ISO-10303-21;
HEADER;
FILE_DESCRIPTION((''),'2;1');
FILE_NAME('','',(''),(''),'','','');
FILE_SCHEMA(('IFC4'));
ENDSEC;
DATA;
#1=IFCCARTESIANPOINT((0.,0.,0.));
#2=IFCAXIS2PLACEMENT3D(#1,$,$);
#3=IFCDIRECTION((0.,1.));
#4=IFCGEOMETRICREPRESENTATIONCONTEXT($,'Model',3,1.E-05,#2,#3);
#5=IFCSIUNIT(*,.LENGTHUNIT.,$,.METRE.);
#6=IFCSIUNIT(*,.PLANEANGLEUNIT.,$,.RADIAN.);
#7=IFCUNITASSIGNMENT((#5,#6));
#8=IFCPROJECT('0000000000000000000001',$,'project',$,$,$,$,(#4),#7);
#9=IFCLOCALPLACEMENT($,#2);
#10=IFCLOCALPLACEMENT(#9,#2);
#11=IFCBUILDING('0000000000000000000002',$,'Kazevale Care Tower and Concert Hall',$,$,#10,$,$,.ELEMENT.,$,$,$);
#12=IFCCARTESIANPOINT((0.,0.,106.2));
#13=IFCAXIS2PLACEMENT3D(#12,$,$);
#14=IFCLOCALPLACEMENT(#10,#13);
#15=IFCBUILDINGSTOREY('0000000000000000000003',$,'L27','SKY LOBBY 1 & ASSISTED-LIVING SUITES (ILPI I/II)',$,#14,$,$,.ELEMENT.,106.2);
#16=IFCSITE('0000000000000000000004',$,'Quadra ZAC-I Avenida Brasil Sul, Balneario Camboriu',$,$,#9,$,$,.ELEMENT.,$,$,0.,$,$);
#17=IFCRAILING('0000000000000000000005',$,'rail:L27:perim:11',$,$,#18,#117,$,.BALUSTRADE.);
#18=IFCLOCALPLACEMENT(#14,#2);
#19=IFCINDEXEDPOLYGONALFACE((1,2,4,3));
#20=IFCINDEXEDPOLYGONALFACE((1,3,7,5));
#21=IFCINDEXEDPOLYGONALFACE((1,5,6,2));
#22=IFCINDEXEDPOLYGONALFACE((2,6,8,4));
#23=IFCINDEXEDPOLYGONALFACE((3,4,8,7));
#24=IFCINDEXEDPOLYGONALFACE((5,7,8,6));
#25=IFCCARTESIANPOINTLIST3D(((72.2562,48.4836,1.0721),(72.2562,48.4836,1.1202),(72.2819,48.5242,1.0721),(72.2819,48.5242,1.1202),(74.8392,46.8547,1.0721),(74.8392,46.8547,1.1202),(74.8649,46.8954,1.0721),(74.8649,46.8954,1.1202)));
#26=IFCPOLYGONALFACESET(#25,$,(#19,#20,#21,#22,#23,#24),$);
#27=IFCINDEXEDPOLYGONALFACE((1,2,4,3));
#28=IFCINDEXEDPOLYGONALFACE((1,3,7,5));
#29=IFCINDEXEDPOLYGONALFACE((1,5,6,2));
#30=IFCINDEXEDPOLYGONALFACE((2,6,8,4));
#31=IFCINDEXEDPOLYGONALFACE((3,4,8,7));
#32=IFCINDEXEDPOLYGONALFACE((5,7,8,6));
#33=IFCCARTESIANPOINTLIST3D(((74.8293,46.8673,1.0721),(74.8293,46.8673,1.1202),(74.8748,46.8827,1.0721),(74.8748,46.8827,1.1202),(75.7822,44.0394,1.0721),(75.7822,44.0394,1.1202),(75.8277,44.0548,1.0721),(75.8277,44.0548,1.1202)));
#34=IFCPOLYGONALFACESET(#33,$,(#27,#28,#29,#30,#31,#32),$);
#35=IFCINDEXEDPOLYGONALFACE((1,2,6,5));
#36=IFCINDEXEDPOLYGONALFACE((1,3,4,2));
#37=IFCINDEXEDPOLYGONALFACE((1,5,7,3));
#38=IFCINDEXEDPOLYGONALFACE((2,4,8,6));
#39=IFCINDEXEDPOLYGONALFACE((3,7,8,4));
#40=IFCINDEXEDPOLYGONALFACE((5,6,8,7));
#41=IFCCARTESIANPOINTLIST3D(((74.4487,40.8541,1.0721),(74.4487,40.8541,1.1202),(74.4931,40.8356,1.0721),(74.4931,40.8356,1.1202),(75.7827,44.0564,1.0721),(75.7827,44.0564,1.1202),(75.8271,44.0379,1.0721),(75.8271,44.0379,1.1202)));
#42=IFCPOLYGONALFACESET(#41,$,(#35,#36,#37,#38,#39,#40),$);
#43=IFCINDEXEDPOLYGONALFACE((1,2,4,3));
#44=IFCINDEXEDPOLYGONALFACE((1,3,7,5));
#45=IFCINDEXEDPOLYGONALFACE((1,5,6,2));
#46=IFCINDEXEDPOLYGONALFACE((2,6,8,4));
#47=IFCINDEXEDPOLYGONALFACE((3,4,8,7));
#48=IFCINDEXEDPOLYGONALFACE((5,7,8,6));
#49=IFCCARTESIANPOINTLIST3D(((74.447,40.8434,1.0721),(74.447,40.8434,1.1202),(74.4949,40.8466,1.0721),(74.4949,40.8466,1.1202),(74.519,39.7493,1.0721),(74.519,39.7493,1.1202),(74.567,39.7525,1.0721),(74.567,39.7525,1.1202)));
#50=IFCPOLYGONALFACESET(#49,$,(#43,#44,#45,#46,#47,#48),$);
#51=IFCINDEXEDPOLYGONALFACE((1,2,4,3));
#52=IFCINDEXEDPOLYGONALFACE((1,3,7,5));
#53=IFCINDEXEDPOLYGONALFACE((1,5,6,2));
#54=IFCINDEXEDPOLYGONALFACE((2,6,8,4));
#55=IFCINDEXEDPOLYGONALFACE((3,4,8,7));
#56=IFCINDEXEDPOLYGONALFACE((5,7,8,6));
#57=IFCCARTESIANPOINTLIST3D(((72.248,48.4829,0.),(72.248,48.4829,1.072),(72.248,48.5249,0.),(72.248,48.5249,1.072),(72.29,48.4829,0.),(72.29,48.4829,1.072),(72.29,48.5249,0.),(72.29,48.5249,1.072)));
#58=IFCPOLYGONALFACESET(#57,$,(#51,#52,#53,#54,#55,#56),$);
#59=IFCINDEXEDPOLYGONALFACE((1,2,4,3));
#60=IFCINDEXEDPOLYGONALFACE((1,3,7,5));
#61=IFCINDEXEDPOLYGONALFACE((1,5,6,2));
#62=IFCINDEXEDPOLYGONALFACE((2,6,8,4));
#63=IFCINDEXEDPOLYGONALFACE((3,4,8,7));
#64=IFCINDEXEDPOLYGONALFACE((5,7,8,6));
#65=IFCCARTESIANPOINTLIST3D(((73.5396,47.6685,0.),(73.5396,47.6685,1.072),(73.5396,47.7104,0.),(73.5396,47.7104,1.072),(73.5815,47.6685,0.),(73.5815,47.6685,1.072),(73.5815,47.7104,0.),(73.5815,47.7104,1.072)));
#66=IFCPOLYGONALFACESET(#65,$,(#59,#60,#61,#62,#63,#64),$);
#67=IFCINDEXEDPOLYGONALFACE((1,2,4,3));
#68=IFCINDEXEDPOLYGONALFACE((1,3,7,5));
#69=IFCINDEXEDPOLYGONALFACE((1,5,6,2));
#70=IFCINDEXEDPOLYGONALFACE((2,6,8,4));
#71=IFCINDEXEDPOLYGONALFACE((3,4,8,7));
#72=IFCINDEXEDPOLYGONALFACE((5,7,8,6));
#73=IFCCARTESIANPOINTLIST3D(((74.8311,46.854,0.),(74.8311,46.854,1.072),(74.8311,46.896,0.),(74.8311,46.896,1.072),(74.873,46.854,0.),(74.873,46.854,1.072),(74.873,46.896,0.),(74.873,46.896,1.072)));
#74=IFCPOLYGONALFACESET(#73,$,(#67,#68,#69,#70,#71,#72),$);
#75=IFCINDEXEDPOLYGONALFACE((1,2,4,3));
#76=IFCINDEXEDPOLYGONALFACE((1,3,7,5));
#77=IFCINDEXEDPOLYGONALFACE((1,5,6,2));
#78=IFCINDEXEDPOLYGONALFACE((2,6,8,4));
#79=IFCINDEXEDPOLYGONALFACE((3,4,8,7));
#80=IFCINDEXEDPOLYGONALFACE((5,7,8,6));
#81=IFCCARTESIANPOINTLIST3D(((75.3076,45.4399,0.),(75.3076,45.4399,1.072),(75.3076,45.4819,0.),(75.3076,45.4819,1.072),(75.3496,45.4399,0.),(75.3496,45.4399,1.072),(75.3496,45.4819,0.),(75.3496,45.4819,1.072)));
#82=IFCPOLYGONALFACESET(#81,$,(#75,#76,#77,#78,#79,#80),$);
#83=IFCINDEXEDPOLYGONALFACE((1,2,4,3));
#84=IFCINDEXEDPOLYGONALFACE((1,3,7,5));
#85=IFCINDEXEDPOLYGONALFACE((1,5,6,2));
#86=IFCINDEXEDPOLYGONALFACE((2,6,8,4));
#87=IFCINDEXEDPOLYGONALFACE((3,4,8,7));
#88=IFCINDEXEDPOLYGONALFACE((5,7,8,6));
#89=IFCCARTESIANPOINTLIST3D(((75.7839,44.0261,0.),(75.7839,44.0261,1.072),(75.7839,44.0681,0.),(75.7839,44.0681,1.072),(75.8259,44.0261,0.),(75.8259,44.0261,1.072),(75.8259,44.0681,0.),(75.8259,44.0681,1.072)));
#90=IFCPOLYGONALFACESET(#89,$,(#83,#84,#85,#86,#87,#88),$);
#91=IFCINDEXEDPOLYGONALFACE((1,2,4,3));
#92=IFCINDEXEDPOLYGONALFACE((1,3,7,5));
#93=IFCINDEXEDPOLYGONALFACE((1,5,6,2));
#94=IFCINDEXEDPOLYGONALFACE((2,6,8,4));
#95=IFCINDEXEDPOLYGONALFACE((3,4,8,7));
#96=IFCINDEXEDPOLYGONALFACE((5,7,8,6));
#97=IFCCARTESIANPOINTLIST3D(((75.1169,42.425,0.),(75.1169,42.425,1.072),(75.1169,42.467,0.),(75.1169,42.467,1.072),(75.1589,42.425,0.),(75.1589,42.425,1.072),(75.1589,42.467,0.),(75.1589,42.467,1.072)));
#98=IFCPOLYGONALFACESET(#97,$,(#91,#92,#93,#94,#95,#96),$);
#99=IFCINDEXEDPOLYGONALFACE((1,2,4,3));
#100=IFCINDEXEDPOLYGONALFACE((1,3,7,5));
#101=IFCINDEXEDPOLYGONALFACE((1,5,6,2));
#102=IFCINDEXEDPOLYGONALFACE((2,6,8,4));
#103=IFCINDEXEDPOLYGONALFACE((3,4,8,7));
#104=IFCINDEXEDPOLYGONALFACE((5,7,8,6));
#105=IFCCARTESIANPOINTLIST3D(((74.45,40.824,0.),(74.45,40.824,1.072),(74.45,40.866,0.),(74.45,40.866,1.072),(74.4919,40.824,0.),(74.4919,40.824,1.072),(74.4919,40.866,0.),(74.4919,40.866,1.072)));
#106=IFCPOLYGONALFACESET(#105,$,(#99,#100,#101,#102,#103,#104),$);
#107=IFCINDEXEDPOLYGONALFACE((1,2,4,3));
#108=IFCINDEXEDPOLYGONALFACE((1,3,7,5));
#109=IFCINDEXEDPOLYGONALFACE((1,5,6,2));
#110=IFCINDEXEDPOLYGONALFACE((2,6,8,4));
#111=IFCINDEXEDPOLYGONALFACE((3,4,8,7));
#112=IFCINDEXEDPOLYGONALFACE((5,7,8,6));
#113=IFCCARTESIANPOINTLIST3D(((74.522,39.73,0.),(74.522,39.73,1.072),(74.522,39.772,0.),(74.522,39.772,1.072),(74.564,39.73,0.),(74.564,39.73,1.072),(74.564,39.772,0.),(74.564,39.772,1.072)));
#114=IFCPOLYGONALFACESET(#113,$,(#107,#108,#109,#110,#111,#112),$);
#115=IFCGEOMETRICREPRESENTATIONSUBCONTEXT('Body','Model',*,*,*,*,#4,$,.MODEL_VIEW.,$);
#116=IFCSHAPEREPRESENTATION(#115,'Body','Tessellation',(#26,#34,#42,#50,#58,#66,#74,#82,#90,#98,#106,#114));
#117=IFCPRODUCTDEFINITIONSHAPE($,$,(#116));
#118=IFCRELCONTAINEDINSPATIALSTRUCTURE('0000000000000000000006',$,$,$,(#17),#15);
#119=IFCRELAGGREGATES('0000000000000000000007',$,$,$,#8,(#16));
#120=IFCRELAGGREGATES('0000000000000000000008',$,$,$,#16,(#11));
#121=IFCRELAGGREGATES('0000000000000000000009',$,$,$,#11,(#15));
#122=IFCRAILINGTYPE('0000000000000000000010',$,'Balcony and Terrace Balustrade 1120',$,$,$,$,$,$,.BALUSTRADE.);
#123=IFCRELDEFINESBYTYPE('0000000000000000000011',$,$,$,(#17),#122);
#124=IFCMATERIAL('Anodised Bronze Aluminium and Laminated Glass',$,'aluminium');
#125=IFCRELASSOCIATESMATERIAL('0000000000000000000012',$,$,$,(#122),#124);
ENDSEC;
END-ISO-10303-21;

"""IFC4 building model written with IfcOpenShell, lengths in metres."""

from ifc_helpers import new_model, si_unit, direction, frame, origin, origin_2d, place, context, subcontext, project, spatial, rectangle, extrude, material, type_object, element, save


model = new_model("IFC4")

# Units and contexts
model_context = context("Model", 3, precision=1e-05, world=origin(), true_north=direction((0.0, 1.0)))
body_context = subcontext(model_context, "Body", "Model", "MODEL_VIEW")
ifc_project = project(units=[si_unit("LENGTHUNIT", "METRE"), si_unit("PLANEANGLEUNIT", "RADIAN")], contexts=[model_context])

# Site, building, storey
site_placement = place(None, origin())
site = spatial("IfcSite", under=ifc_project, at=site_placement, Name="Quadra ZAC-I Avenida Brasil Sul, Balneario Camboriu", CompositionType="ELEMENT", RefElevation=0.0)
building_placement = place(site_placement, origin())
building = spatial("IfcBuilding", under=site, at=building_placement, Name="Kazevale Care Tower and Concert Hall", CompositionType="ELEMENT")
storey_placement = place(building_placement, frame((0.0, 0.0, 106.2)))
storey = spatial("IfcBuildingStorey", under=building, at=storey_placement, Name="L27", Description="SKY LOBBY 1 & ASSISTED-LIVING SUITES (ILPI I/II)", CompositionType="ELEMENT", Elevation=106.2)

# Railing
ifc_material_1 = material(Name="Anodised Bronze Aluminium and Laminated Glass", Category="aluminium")
railing_type = type_object("IfcRailingType", Name="Balcony and Terrace Balustrade 1120", PredefinedType="BALUSTRADE", material=ifc_material_1)
railing_1_placement = place(storey_placement, frame((72.269, 48.5039, 0.0)))
element("IfcRailing", 1, at=railing_1_placement, inside=storey, type_object=railing_type, Name="rail:L27:perim:11", PredefinedType="BALUSTRADE", context=body_context, shape_type="SweptSolid", body=[
    extrude(rectangle(XDim=0.0481, YDim=0.0481, at=origin_2d()), frame((0.0, 0.0, 1.0962), z_axis=(0.845853, -0.533415, 0.0), x_axis=(0.533415, 0.845853, 0.0)), (0.0, 0.0, 1.0), 3.0537),
    extrude(rectangle(XDim=0.0481, YDim=0.0481, at=origin_2d()), frame((2.583, -1.6289, 1.0962), z_axis=(0.319319, -0.947647, 0.0), x_axis=(0.947647, 0.319319, 0.0)), (0.0, 0.0, 1.0), 2.9841),
    extrude(rectangle(XDim=0.0481, YDim=0.0481, at=origin_2d()), frame((3.5359, -4.4568, 1.0962), z_axis=(-0.384555, -0.923102, 0.0), x_axis=(0.923102, -0.384555, 0.0)), (0.0, 0.0, 1.0), 3.469),
    extrude(rectangle(XDim=0.0481, YDim=0.0481, at=origin_2d()), frame((2.2019, -7.6589, 1.0962), z_axis=(0.065691, -0.99784, 0.0), x_axis=(0.99784, 0.065691, 0.0)), (0.0, 0.0, 1.0), 1.0964),
    extrude(rectangle(XDim=0.042, YDim=0.042, at=origin_2d()), origin(), (0.0, 0.0, 1.0), 1.072),
    extrude(rectangle(XDim=0.042, YDim=0.042, at=origin_2d()), frame((1.2915, -0.8145, 0.0)), (0.0, 0.0, 1.0), 1.072),
    extrude(rectangle(XDim=0.042, YDim=0.042, at=origin_2d()), frame((2.583, -1.6289, 0.0)), (0.0, 0.0, 1.0), 1.072),
    extrude(rectangle(XDim=0.042, YDim=0.042, at=origin_2d()), frame((3.0596, -3.043, 0.0)), (0.0, 0.0, 1.0), 1.072),
    extrude(rectangle(XDim=0.042, YDim=0.042, at=origin_2d()), frame((3.5359, -4.4568, 0.0)), (0.0, 0.0, 1.0), 1.072),
    extrude(rectangle(XDim=0.042, YDim=0.042, at=origin_2d()), frame((2.8689, -6.0579, 0.0)), (0.0, 0.0, 1.0), 1.072),
    extrude(rectangle(XDim=0.042, YDim=0.042, at=origin_2d()), frame((2.2019, -7.6589, 0.0)), (0.0, 0.0, 1.0), 1.072),
    extrude(rectangle(XDim=0.042, YDim=0.042, at=origin_2d()), frame((2.2739, -8.7529, 0.0)), (0.0, 0.0, 1.0), 1.072),
])

save(model, "model.ifc")
